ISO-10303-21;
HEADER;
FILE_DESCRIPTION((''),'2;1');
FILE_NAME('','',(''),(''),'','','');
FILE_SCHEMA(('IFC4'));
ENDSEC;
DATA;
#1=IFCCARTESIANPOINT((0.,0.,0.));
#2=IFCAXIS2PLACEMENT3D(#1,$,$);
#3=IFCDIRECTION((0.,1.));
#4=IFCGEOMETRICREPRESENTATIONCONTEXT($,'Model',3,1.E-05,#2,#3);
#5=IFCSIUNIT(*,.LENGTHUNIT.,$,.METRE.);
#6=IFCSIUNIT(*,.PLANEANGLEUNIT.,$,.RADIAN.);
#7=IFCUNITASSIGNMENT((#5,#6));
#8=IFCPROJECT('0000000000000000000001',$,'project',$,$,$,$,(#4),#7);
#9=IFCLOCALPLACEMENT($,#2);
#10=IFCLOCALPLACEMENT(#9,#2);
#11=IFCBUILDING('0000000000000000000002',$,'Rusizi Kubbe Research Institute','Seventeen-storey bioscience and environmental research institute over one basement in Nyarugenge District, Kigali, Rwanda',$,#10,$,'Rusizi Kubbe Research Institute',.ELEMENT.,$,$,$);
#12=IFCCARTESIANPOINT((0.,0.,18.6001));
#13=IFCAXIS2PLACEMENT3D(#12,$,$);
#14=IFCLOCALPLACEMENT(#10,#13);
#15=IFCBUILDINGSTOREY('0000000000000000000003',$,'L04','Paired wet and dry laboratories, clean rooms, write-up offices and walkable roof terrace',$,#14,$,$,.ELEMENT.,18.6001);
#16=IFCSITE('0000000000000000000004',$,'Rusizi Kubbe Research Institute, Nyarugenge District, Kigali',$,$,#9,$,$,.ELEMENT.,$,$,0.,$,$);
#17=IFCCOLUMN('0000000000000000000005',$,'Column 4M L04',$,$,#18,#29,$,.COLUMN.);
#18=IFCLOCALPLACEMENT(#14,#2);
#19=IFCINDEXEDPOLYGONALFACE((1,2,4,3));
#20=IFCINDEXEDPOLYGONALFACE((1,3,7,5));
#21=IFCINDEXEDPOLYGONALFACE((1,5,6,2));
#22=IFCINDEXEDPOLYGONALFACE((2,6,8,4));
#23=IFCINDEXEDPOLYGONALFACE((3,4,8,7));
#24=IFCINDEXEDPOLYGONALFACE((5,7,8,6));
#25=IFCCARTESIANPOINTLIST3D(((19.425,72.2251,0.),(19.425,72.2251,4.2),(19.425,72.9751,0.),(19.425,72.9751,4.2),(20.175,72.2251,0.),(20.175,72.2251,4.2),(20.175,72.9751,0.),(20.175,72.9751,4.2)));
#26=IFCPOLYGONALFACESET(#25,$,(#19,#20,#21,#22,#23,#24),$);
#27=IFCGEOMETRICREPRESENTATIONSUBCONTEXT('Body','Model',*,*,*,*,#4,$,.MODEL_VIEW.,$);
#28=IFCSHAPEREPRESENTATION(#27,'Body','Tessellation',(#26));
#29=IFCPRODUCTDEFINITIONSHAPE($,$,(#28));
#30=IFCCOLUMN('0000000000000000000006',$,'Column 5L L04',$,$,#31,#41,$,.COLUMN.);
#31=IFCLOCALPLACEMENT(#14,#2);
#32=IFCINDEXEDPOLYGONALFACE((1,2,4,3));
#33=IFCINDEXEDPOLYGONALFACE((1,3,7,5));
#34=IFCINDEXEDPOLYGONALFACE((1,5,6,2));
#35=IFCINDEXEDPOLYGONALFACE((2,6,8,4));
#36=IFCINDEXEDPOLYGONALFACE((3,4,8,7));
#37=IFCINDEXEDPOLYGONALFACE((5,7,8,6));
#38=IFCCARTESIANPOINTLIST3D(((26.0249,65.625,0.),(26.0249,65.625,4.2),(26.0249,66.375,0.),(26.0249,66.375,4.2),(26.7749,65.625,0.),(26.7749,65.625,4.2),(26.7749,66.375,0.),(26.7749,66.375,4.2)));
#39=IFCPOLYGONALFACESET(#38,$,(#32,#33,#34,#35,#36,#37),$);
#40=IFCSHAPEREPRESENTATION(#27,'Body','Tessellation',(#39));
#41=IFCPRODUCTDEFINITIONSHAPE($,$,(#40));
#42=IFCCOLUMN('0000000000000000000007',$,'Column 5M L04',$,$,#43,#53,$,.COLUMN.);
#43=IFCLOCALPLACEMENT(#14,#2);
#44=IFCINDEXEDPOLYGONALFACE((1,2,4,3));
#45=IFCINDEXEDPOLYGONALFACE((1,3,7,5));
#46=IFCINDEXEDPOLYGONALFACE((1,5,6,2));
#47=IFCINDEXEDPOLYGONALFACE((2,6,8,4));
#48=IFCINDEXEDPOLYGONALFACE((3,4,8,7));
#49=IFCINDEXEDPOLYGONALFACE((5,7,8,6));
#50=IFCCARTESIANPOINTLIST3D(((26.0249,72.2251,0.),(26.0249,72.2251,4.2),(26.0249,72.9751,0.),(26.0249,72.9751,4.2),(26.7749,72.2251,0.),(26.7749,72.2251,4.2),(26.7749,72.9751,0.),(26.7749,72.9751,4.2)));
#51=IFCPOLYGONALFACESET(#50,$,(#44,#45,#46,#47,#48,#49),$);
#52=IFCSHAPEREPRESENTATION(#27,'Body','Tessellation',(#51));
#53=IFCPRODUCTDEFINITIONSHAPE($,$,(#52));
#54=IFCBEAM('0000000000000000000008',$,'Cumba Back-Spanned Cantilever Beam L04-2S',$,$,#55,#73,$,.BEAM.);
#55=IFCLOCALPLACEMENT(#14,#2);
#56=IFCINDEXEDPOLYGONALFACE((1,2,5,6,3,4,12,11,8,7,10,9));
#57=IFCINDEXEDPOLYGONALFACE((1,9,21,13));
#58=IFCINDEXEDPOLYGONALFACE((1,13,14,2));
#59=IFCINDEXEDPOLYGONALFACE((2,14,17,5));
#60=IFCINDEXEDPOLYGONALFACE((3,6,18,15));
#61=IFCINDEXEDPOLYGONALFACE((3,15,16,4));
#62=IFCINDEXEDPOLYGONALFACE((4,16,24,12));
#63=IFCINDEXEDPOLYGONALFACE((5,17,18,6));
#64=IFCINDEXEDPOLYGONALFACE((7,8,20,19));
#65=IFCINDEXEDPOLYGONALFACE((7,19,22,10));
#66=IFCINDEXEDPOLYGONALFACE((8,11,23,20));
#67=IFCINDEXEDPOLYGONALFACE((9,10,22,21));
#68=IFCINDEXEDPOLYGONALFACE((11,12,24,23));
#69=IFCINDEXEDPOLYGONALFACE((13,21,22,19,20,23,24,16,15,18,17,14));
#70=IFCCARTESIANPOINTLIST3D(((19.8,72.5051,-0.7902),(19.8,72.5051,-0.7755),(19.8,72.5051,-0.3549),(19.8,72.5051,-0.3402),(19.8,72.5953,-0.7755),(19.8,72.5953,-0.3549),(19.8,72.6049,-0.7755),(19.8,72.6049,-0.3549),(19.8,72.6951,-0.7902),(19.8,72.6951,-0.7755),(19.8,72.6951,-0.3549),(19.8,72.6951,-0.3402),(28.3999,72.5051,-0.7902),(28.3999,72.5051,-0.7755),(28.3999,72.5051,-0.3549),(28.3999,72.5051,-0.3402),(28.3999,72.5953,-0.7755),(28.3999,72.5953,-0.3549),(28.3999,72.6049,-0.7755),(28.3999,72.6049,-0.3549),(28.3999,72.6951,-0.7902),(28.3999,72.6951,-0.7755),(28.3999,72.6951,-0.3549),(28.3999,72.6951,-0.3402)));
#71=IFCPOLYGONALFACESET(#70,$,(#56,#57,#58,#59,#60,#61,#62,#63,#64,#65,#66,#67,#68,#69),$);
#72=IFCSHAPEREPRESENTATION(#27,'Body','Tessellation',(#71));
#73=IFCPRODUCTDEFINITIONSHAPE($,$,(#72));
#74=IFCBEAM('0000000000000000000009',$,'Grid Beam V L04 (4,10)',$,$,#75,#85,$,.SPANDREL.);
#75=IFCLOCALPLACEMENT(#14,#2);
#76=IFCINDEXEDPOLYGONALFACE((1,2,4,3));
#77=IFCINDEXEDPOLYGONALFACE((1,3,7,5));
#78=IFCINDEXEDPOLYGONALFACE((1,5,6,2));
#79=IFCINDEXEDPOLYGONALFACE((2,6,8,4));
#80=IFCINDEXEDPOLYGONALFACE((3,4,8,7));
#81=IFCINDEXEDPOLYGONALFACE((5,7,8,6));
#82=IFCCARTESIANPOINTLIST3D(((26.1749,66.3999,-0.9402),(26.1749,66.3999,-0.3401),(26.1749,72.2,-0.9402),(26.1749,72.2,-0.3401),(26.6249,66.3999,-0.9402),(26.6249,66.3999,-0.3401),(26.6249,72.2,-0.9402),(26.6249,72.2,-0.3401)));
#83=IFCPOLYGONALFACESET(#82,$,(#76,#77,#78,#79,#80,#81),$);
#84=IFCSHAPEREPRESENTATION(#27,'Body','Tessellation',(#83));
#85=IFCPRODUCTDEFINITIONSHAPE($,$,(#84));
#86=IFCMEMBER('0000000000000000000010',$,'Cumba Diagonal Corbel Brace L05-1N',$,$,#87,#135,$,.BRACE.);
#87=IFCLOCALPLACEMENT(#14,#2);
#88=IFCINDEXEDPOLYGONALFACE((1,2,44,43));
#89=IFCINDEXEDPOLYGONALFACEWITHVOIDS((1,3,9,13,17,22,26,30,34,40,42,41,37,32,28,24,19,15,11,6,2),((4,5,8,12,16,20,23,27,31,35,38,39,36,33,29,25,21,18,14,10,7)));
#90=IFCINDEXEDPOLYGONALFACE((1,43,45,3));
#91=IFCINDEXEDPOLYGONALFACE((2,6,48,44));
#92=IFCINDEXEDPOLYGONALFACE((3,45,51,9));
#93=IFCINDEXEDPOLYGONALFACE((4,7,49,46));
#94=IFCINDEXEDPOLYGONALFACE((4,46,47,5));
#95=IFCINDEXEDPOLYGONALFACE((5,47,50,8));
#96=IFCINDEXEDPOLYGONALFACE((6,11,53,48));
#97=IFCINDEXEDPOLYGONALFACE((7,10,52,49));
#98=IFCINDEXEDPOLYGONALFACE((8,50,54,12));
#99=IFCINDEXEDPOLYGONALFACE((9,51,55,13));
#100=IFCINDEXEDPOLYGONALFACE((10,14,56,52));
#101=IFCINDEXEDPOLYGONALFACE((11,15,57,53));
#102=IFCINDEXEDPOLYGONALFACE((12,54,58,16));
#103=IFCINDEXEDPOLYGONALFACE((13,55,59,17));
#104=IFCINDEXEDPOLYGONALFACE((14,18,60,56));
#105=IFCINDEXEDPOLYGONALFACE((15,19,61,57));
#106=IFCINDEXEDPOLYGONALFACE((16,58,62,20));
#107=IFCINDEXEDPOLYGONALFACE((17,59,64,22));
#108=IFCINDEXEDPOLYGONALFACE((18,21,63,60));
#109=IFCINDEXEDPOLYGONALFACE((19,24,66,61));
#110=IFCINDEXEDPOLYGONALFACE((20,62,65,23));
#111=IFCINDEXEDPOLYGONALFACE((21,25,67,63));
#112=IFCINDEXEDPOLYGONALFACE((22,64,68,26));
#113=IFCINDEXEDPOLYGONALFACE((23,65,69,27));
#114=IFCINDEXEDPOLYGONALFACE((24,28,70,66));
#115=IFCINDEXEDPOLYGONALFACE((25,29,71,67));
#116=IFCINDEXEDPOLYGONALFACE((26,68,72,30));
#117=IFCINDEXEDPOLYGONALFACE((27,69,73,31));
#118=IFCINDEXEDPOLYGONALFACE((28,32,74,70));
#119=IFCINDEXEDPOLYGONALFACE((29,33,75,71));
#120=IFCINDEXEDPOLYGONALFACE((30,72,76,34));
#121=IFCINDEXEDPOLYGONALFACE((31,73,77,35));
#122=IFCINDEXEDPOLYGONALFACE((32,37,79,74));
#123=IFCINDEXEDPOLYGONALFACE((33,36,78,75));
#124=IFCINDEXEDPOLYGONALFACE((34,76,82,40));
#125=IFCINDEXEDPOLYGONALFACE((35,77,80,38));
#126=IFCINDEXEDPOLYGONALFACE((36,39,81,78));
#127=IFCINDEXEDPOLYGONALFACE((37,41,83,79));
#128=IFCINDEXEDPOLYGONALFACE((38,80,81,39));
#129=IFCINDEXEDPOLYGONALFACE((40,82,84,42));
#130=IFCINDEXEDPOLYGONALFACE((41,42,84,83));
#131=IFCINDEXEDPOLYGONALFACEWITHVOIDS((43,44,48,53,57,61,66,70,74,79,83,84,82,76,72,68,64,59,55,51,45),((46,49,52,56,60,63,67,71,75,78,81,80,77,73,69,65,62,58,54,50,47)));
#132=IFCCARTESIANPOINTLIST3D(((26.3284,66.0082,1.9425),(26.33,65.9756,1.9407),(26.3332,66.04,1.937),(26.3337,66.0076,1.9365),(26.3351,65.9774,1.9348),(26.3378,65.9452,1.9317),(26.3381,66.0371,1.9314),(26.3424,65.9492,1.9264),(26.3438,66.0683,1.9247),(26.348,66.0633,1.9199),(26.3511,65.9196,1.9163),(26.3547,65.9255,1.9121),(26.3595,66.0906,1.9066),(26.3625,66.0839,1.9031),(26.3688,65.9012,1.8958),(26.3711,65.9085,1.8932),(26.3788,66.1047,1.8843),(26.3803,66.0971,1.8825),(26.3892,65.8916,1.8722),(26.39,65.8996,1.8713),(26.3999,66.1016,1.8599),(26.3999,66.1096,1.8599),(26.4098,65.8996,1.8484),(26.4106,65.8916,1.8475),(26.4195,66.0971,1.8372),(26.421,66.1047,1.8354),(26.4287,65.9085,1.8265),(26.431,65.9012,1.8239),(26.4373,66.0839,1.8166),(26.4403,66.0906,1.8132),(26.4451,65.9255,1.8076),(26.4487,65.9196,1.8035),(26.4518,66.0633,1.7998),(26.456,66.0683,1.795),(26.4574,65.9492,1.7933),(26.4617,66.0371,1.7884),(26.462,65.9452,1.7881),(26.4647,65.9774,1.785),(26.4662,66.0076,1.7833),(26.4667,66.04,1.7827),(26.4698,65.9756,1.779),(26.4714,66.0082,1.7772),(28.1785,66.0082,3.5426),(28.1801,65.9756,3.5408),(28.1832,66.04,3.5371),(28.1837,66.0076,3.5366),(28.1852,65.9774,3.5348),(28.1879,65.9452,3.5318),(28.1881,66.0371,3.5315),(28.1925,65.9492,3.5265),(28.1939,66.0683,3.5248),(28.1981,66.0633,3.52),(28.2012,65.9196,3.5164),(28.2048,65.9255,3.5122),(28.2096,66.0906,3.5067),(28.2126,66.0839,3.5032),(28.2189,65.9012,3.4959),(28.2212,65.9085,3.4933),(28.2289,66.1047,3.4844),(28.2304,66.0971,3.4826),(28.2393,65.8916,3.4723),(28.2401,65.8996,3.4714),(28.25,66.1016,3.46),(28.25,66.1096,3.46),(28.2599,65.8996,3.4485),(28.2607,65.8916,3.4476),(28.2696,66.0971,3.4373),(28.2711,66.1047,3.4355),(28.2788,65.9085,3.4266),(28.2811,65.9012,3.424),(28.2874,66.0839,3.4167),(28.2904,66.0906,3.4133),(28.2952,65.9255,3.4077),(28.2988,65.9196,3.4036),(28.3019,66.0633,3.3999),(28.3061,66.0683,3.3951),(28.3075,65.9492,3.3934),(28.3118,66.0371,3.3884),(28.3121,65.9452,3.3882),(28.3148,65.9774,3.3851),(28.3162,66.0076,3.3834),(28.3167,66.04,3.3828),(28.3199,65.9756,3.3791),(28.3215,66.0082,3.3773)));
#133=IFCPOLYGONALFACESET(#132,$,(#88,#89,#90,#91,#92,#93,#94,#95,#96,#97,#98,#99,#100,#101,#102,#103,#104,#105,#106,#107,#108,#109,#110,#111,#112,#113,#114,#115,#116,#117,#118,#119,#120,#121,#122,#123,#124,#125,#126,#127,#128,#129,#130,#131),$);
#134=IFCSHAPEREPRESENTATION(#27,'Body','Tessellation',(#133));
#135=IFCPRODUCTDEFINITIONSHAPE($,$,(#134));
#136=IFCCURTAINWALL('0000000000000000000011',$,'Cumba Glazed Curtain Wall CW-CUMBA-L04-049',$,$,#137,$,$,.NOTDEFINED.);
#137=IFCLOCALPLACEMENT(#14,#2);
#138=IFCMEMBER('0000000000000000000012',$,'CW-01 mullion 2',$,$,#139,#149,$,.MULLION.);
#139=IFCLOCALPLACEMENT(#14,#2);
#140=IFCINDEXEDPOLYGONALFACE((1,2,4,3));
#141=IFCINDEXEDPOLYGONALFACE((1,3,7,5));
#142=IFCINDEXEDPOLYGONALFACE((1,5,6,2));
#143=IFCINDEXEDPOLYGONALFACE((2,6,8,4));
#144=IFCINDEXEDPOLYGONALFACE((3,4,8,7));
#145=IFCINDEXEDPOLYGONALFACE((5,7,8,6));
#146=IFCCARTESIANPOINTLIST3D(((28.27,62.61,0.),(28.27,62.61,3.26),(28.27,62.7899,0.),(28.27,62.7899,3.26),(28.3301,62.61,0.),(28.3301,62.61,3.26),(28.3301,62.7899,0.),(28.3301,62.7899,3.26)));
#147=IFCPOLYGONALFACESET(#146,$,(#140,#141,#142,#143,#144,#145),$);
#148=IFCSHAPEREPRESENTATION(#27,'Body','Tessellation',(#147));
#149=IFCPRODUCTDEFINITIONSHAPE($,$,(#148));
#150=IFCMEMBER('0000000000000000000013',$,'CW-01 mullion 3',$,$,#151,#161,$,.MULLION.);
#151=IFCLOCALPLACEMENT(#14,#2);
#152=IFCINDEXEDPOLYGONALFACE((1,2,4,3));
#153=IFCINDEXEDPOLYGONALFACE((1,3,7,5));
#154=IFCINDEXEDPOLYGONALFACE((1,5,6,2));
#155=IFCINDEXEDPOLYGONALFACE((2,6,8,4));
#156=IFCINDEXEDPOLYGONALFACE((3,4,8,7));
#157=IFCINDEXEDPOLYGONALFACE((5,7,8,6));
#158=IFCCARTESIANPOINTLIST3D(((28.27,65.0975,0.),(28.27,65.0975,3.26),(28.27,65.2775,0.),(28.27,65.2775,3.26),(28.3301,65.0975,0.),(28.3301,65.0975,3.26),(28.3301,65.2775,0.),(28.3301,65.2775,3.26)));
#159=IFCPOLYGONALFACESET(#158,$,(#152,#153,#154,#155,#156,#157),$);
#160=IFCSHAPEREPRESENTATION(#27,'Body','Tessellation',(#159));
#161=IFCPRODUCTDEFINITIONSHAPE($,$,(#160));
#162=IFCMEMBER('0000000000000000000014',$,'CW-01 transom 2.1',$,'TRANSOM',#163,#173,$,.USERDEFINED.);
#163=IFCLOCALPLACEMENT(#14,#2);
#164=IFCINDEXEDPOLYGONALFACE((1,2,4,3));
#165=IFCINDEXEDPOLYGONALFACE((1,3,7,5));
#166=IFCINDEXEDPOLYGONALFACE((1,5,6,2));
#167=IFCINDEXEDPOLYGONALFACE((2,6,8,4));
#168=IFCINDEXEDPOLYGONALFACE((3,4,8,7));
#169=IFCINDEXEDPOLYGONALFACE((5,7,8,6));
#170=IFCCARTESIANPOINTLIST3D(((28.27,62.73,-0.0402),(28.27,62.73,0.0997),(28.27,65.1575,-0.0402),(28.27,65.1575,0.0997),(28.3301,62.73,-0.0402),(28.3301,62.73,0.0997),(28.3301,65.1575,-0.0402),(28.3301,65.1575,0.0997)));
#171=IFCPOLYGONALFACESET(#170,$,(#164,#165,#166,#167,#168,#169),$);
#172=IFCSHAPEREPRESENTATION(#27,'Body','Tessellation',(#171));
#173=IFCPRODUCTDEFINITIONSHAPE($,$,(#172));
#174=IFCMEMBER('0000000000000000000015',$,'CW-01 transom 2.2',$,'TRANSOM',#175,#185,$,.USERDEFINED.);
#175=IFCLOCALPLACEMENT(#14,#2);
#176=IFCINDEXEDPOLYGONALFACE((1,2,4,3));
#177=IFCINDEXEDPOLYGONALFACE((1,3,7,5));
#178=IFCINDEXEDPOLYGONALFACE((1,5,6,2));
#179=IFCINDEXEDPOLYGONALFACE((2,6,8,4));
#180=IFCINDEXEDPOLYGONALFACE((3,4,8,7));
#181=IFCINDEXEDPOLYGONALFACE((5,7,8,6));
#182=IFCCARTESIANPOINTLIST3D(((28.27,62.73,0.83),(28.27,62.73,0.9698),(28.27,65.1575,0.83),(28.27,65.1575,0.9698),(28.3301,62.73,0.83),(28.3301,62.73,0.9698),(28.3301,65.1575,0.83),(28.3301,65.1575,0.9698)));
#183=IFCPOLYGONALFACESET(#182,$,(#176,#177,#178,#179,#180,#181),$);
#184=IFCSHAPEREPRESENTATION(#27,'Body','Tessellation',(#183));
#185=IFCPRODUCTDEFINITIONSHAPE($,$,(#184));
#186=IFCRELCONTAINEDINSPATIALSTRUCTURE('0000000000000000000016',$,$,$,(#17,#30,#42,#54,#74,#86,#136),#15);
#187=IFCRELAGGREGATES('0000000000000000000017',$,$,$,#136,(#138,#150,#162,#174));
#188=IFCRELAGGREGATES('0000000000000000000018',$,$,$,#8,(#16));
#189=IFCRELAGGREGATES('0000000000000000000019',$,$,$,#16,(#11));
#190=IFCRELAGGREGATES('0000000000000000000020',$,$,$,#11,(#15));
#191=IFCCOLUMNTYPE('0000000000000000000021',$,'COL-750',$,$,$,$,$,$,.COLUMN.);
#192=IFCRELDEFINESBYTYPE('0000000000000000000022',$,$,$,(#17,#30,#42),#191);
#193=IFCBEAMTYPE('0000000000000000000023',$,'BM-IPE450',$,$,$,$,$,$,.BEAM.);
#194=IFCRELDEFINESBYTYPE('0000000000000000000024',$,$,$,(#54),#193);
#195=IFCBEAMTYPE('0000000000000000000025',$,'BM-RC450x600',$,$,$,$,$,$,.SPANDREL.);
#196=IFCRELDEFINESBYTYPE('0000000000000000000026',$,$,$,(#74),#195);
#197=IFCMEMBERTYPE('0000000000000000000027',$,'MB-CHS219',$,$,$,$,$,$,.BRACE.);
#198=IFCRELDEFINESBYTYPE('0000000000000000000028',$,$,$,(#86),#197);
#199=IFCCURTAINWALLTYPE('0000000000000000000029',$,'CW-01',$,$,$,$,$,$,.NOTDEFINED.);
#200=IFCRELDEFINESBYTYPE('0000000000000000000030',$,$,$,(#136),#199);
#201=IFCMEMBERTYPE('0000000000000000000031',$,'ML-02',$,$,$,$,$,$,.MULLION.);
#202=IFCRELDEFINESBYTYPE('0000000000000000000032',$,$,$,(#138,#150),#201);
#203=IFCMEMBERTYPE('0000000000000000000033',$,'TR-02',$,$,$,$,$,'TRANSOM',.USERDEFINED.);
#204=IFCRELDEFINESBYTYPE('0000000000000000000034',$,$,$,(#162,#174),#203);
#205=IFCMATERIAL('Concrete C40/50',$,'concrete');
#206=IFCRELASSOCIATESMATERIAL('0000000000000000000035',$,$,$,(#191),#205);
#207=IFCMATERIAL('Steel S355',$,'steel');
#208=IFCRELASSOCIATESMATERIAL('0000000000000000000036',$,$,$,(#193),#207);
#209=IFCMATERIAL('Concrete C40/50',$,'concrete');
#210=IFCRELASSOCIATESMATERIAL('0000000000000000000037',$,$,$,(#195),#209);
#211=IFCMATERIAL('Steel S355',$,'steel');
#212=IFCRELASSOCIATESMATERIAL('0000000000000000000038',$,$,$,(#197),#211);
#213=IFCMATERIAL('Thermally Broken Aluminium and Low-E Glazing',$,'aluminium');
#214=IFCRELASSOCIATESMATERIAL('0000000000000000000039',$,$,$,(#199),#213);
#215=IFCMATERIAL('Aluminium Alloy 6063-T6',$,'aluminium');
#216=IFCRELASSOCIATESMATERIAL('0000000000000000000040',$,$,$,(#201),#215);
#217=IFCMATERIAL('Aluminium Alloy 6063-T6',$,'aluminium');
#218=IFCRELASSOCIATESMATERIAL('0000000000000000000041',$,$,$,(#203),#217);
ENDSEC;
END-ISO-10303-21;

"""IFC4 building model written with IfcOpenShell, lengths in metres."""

from ifc_helpers import new_model, si_unit, direction, frame, origin, origin_2d, place, context, subcontext, project, spatial, rectangle, hollow_circle, i_section, extrude, material, material_profile, profile_set, type_object, element, aggregate, save


model = new_model("IFC4")

# Units and contexts
model_context = context("Model", 3, precision=1e-05, world=origin(), true_north=direction((0.0, 1.0)))
body_context = subcontext(model_context, "Body", "Model", "MODEL_VIEW")
ifc_project = project(units=[si_unit("LENGTHUNIT", "METRE"), si_unit("PLANEANGLEUNIT", "RADIAN")], contexts=[model_context])

# Site, building, storey
site_placement = place(None, origin())
site = spatial("IfcSite", under=ifc_project, at=site_placement, Name="Rusizi Kubbe Research Institute, Nyarugenge District, Kigali", CompositionType="ELEMENT", RefElevation=0.0)
building_placement = place(site_placement, origin())
building = spatial("IfcBuilding", under=site, at=building_placement, Name="Rusizi Kubbe Research Institute", Description="Seventeen-storey bioscience and environmental research institute over one basement in Nyarugenge District, Kigali, Rwanda", LongName="Rusizi Kubbe Research Institute", CompositionType="ELEMENT")
storey_placement = place(building_placement, frame((0.0, 0.0, 18.6001)))
storey = spatial("IfcBuildingStorey", under=building, at=storey_placement, Name="L04", Description="Paired wet and dry laboratories, clean rooms, write-up offices and walkable roof terrace", CompositionType="ELEMENT", Elevation=18.6001)

# Columns
ifc_material_1 = material(Name="Concrete C40/50", Category="concrete")
ifc_material_profile_1 = material_profile(ifc_material_1, rectangle(XDim=0.75, YDim=0.75, at=origin_2d()), Name="RC750x750")
ifc_profile_set_1 = profile_set([ifc_material_profile_1], Name="Concrete C40/50")
column_type = type_object("IfcColumnType", Name="COL-750", PredefinedType="COLUMN", material=ifc_profile_set_1)
for number, where, z_axis, x_axis, name in (
    (1, (19.8, 72.6001, 0.0), (0.0, 0.0, 1.0), (1.0, 0.0, 0.0), "Column 4M L04"),
    (2, (26.3999, 66.0, 0.0), (0.0, 0.0, 1.0), (1.0, 0.0, 0.0), "Column 5L L04"),
    (3, (26.3999, 72.6001, 0.0), (0.0, 0.0, 1.0), (1.0, 0.0, 0.0), "Column 5M L04"),
):
    element("IfcColumn", number, at=place(storey_placement, frame(where, z_axis=z_axis, x_axis=x_axis)), inside=storey, type_object=column_type, Name=name, PredefinedType="COLUMN", context=body_context, shape_type="SweptSolid", body=[
        extrude(rectangle(XDim=0.75, YDim=0.75, at=origin_2d()), origin(), (0.0, 0.0, 1.0), 4.2),
    ])

# Beams
ifc_material_2 = material(Name="Steel S355", Category="steel")
ifc_material_profile_2 = material_profile(ifc_material_2, i_section(OverallWidth=0.1899, OverallDepth=0.45, WebThickness=0.0095, FlangeThickness=0.0146, at=origin_2d()), Name="IPE 450")
ifc_profile_set_2 = profile_set([ifc_material_profile_2], Name="Steel S355")
beam_type_1 = type_object("IfcBeamType", Name="BM-IPE450", PredefinedType="BEAM", material=ifc_profile_set_2)
beam_1_placement = place(storey_placement, frame((19.8, 72.6001, -0.5652), z_axis=(1.0, 0.0, 0.0), x_axis=(0.0, 1.0, 0.0)))
element("IfcBeam", 4, at=beam_1_placement, inside=storey, type_object=beam_type_1, Name="Cumba Back-Spanned Cantilever Beam L04-2S", PredefinedType="BEAM", context=body_context, shape_type="SweptSolid", body=[
    extrude(i_section(OverallWidth=0.1899, OverallDepth=0.45, WebThickness=0.0095, FlangeThickness=0.0146, at=origin_2d()), origin(), (0.0, 0.0, 1.0), 8.5999),
])
ifc_material_3 = material(Name="Concrete C40/50", Category="concrete")
ifc_material_profile_3 = material_profile(ifc_material_3, rectangle(XDim=0.45, YDim=0.6001, at=origin_2d()), Name="RC450x600")
ifc_profile_set_3 = profile_set([ifc_material_profile_3], Name="Concrete C40/50")
beam_type_2 = type_object("IfcBeamType", Name="BM-RC450x600", PredefinedType="SPANDREL", material=ifc_profile_set_3)
beam_2_placement = place(storey_placement, frame((26.3999, 66.3999, -0.6401), z_axis=(0.0, 1.0, 0.0), x_axis=(-1.0, 0.0, 0.0)))
element("IfcBeam", 5, at=beam_2_placement, inside=storey, type_object=beam_type_2, Name="Grid Beam V L04 (4,10)", PredefinedType="SPANDREL", context=body_context, shape_type="SweptSolid", body=[
    extrude(rectangle(XDim=0.45, YDim=0.6001, at=origin_2d()), origin(), (0.0, 0.0, 1.0), 5.8),
])

# Member
ifc_material_4 = material(Name="Steel S355", Category="steel")
ifc_material_profile_4 = material_profile(ifc_material_4, hollow_circle(Radius=0.1096, WallThickness=0.0081, at=origin_2d()), Name="CHS 219.1x8.0")
ifc_profile_set_4 = profile_set([ifc_material_profile_4], Name="Steel S355")
member_type_1 = type_object("IfcMemberType", Name="MB-CHS219", PredefinedType="BRACE", material=ifc_profile_set_4)
member_1_placement = place(storey_placement, frame((26.3999, 66.0, 1.8599), z_axis=(0.756361, 0.0, 0.654155), x_axis=(0.0, 1.0, 0.0)))
element("IfcMember", 6, at=member_1_placement, inside=storey, type_object=member_type_1, Name="Cumba Diagonal Corbel Brace L05-1N", PredefinedType="BRACE", context=body_context, shape_type="SweptSolid", body=[
    extrude(hollow_circle(Radius=0.1096, WallThickness=0.0081, at=origin_2d()), origin(), (0.0, 0.0, 1.0), 2.446),
])

# Curtain wall, members
ifc_material_5 = material(Name="Thermally Broken Aluminium and Low-E Glazing", Category="aluminium")
curtain_wall_type = type_object("IfcCurtainWallType", Name="CW-01", PredefinedType="NOTDEFINED", material=ifc_material_5)
curtain_wall_placement = place(storey_placement, origin())
curtain_wall = element("IfcCurtainWall", 7, at=curtain_wall_placement, inside=storey, type_object=curtain_wall_type, Name="Cumba Glazed Curtain Wall CW-CUMBA-L04-049", PredefinedType="NOTDEFINED")
ifc_material_6 = material(Name="Aluminium Alloy 6063-T6", Category="aluminium")
ifc_material_profile_5 = material_profile(ifc_material_6, rectangle(XDim=0.0601, YDim=0.1799, at=origin_2d()), Name="ALU-M 60x180")
ifc_profile_set_5 = profile_set([ifc_material_profile_5], Name="Aluminium Alloy 6063-T6")
member_type_2 = type_object("IfcMemberType", Name="ML-02", PredefinedType="MULLION", material=ifc_profile_set_5)
member_2_placement = place(storey_placement, frame((28.3, 62.7, 0.0), z_axis=(0.0, 0.0, 1.0), x_axis=(-1.0, 0.0, 0.0)))
member_2 = element("IfcMember", 8, at=member_2_placement, type_object=member_type_2, Name="CW-01 mullion 2", PredefinedType="MULLION", context=body_context, shape_type="SweptSolid", body=[
    extrude(rectangle(XDim=0.0601, YDim=0.1799, at=origin_2d()), origin(), (0.0, 0.0, 1.0), 3.26),
])
member_3_placement = place(storey_placement, frame((28.3, 65.1875, 0.0), z_axis=(0.0, 0.0, 1.0), x_axis=(-1.0, 0.0, 0.0)))
member_3 = element("IfcMember", 9, at=member_3_placement, type_object=member_type_2, Name="CW-01 mullion 3", PredefinedType="MULLION", context=body_context, shape_type="SweptSolid", body=[
    extrude(rectangle(XDim=0.0601, YDim=0.1799, at=origin_2d()), origin(), (0.0, 0.0, 1.0), 3.26),
])
ifc_material_7 = material(Name="Aluminium Alloy 6063-T6", Category="aluminium")
ifc_material_profile_6 = material_profile(ifc_material_7, rectangle(XDim=0.0601, YDim=0.1399, at=origin_2d()), Name="ALU-T 60x140")
ifc_profile_set_6 = profile_set([ifc_material_profile_6], Name="Aluminium Alloy 6063-T6")
member_type_3 = type_object("IfcMemberType", Name="TR-02", ElementType="TRANSOM", PredefinedType="USERDEFINED", material=ifc_profile_set_6)
member_4_placement = place(storey_placement, frame((28.3, 62.73, 0.0298), z_axis=(0.0, 1.0, 0.0), x_axis=(-1.0, 0.0, 0.0)))
member_4 = element("IfcMember", 10, at=member_4_placement, type_object=member_type_3, Name="CW-01 transom 2.1", ObjectType="TRANSOM", PredefinedType="USERDEFINED", context=body_context, shape_type="SweptSolid", body=[
    extrude(rectangle(XDim=0.0601, YDim=0.1399, at=origin_2d()), origin(), (0.0, 0.0, 1.0), 2.4275),
])
member_5_placement = place(storey_placement, frame((28.3, 62.73, 0.8999), z_axis=(0.0, 1.0, 0.0), x_axis=(-1.0, 0.0, 0.0)))
member_5 = element("IfcMember", 11, at=member_5_placement, type_object=member_type_3, Name="CW-01 transom 2.2", ObjectType="TRANSOM", PredefinedType="USERDEFINED", context=body_context, shape_type="SweptSolid", body=[
    extrude(rectangle(XDim=0.0601, YDim=0.1399, at=origin_2d()), origin(), (0.0, 0.0, 1.0), 2.4275),
])

aggregate(curtain_wall, [member_2, member_3, member_4, member_5])

save(model, "model.ifc")
